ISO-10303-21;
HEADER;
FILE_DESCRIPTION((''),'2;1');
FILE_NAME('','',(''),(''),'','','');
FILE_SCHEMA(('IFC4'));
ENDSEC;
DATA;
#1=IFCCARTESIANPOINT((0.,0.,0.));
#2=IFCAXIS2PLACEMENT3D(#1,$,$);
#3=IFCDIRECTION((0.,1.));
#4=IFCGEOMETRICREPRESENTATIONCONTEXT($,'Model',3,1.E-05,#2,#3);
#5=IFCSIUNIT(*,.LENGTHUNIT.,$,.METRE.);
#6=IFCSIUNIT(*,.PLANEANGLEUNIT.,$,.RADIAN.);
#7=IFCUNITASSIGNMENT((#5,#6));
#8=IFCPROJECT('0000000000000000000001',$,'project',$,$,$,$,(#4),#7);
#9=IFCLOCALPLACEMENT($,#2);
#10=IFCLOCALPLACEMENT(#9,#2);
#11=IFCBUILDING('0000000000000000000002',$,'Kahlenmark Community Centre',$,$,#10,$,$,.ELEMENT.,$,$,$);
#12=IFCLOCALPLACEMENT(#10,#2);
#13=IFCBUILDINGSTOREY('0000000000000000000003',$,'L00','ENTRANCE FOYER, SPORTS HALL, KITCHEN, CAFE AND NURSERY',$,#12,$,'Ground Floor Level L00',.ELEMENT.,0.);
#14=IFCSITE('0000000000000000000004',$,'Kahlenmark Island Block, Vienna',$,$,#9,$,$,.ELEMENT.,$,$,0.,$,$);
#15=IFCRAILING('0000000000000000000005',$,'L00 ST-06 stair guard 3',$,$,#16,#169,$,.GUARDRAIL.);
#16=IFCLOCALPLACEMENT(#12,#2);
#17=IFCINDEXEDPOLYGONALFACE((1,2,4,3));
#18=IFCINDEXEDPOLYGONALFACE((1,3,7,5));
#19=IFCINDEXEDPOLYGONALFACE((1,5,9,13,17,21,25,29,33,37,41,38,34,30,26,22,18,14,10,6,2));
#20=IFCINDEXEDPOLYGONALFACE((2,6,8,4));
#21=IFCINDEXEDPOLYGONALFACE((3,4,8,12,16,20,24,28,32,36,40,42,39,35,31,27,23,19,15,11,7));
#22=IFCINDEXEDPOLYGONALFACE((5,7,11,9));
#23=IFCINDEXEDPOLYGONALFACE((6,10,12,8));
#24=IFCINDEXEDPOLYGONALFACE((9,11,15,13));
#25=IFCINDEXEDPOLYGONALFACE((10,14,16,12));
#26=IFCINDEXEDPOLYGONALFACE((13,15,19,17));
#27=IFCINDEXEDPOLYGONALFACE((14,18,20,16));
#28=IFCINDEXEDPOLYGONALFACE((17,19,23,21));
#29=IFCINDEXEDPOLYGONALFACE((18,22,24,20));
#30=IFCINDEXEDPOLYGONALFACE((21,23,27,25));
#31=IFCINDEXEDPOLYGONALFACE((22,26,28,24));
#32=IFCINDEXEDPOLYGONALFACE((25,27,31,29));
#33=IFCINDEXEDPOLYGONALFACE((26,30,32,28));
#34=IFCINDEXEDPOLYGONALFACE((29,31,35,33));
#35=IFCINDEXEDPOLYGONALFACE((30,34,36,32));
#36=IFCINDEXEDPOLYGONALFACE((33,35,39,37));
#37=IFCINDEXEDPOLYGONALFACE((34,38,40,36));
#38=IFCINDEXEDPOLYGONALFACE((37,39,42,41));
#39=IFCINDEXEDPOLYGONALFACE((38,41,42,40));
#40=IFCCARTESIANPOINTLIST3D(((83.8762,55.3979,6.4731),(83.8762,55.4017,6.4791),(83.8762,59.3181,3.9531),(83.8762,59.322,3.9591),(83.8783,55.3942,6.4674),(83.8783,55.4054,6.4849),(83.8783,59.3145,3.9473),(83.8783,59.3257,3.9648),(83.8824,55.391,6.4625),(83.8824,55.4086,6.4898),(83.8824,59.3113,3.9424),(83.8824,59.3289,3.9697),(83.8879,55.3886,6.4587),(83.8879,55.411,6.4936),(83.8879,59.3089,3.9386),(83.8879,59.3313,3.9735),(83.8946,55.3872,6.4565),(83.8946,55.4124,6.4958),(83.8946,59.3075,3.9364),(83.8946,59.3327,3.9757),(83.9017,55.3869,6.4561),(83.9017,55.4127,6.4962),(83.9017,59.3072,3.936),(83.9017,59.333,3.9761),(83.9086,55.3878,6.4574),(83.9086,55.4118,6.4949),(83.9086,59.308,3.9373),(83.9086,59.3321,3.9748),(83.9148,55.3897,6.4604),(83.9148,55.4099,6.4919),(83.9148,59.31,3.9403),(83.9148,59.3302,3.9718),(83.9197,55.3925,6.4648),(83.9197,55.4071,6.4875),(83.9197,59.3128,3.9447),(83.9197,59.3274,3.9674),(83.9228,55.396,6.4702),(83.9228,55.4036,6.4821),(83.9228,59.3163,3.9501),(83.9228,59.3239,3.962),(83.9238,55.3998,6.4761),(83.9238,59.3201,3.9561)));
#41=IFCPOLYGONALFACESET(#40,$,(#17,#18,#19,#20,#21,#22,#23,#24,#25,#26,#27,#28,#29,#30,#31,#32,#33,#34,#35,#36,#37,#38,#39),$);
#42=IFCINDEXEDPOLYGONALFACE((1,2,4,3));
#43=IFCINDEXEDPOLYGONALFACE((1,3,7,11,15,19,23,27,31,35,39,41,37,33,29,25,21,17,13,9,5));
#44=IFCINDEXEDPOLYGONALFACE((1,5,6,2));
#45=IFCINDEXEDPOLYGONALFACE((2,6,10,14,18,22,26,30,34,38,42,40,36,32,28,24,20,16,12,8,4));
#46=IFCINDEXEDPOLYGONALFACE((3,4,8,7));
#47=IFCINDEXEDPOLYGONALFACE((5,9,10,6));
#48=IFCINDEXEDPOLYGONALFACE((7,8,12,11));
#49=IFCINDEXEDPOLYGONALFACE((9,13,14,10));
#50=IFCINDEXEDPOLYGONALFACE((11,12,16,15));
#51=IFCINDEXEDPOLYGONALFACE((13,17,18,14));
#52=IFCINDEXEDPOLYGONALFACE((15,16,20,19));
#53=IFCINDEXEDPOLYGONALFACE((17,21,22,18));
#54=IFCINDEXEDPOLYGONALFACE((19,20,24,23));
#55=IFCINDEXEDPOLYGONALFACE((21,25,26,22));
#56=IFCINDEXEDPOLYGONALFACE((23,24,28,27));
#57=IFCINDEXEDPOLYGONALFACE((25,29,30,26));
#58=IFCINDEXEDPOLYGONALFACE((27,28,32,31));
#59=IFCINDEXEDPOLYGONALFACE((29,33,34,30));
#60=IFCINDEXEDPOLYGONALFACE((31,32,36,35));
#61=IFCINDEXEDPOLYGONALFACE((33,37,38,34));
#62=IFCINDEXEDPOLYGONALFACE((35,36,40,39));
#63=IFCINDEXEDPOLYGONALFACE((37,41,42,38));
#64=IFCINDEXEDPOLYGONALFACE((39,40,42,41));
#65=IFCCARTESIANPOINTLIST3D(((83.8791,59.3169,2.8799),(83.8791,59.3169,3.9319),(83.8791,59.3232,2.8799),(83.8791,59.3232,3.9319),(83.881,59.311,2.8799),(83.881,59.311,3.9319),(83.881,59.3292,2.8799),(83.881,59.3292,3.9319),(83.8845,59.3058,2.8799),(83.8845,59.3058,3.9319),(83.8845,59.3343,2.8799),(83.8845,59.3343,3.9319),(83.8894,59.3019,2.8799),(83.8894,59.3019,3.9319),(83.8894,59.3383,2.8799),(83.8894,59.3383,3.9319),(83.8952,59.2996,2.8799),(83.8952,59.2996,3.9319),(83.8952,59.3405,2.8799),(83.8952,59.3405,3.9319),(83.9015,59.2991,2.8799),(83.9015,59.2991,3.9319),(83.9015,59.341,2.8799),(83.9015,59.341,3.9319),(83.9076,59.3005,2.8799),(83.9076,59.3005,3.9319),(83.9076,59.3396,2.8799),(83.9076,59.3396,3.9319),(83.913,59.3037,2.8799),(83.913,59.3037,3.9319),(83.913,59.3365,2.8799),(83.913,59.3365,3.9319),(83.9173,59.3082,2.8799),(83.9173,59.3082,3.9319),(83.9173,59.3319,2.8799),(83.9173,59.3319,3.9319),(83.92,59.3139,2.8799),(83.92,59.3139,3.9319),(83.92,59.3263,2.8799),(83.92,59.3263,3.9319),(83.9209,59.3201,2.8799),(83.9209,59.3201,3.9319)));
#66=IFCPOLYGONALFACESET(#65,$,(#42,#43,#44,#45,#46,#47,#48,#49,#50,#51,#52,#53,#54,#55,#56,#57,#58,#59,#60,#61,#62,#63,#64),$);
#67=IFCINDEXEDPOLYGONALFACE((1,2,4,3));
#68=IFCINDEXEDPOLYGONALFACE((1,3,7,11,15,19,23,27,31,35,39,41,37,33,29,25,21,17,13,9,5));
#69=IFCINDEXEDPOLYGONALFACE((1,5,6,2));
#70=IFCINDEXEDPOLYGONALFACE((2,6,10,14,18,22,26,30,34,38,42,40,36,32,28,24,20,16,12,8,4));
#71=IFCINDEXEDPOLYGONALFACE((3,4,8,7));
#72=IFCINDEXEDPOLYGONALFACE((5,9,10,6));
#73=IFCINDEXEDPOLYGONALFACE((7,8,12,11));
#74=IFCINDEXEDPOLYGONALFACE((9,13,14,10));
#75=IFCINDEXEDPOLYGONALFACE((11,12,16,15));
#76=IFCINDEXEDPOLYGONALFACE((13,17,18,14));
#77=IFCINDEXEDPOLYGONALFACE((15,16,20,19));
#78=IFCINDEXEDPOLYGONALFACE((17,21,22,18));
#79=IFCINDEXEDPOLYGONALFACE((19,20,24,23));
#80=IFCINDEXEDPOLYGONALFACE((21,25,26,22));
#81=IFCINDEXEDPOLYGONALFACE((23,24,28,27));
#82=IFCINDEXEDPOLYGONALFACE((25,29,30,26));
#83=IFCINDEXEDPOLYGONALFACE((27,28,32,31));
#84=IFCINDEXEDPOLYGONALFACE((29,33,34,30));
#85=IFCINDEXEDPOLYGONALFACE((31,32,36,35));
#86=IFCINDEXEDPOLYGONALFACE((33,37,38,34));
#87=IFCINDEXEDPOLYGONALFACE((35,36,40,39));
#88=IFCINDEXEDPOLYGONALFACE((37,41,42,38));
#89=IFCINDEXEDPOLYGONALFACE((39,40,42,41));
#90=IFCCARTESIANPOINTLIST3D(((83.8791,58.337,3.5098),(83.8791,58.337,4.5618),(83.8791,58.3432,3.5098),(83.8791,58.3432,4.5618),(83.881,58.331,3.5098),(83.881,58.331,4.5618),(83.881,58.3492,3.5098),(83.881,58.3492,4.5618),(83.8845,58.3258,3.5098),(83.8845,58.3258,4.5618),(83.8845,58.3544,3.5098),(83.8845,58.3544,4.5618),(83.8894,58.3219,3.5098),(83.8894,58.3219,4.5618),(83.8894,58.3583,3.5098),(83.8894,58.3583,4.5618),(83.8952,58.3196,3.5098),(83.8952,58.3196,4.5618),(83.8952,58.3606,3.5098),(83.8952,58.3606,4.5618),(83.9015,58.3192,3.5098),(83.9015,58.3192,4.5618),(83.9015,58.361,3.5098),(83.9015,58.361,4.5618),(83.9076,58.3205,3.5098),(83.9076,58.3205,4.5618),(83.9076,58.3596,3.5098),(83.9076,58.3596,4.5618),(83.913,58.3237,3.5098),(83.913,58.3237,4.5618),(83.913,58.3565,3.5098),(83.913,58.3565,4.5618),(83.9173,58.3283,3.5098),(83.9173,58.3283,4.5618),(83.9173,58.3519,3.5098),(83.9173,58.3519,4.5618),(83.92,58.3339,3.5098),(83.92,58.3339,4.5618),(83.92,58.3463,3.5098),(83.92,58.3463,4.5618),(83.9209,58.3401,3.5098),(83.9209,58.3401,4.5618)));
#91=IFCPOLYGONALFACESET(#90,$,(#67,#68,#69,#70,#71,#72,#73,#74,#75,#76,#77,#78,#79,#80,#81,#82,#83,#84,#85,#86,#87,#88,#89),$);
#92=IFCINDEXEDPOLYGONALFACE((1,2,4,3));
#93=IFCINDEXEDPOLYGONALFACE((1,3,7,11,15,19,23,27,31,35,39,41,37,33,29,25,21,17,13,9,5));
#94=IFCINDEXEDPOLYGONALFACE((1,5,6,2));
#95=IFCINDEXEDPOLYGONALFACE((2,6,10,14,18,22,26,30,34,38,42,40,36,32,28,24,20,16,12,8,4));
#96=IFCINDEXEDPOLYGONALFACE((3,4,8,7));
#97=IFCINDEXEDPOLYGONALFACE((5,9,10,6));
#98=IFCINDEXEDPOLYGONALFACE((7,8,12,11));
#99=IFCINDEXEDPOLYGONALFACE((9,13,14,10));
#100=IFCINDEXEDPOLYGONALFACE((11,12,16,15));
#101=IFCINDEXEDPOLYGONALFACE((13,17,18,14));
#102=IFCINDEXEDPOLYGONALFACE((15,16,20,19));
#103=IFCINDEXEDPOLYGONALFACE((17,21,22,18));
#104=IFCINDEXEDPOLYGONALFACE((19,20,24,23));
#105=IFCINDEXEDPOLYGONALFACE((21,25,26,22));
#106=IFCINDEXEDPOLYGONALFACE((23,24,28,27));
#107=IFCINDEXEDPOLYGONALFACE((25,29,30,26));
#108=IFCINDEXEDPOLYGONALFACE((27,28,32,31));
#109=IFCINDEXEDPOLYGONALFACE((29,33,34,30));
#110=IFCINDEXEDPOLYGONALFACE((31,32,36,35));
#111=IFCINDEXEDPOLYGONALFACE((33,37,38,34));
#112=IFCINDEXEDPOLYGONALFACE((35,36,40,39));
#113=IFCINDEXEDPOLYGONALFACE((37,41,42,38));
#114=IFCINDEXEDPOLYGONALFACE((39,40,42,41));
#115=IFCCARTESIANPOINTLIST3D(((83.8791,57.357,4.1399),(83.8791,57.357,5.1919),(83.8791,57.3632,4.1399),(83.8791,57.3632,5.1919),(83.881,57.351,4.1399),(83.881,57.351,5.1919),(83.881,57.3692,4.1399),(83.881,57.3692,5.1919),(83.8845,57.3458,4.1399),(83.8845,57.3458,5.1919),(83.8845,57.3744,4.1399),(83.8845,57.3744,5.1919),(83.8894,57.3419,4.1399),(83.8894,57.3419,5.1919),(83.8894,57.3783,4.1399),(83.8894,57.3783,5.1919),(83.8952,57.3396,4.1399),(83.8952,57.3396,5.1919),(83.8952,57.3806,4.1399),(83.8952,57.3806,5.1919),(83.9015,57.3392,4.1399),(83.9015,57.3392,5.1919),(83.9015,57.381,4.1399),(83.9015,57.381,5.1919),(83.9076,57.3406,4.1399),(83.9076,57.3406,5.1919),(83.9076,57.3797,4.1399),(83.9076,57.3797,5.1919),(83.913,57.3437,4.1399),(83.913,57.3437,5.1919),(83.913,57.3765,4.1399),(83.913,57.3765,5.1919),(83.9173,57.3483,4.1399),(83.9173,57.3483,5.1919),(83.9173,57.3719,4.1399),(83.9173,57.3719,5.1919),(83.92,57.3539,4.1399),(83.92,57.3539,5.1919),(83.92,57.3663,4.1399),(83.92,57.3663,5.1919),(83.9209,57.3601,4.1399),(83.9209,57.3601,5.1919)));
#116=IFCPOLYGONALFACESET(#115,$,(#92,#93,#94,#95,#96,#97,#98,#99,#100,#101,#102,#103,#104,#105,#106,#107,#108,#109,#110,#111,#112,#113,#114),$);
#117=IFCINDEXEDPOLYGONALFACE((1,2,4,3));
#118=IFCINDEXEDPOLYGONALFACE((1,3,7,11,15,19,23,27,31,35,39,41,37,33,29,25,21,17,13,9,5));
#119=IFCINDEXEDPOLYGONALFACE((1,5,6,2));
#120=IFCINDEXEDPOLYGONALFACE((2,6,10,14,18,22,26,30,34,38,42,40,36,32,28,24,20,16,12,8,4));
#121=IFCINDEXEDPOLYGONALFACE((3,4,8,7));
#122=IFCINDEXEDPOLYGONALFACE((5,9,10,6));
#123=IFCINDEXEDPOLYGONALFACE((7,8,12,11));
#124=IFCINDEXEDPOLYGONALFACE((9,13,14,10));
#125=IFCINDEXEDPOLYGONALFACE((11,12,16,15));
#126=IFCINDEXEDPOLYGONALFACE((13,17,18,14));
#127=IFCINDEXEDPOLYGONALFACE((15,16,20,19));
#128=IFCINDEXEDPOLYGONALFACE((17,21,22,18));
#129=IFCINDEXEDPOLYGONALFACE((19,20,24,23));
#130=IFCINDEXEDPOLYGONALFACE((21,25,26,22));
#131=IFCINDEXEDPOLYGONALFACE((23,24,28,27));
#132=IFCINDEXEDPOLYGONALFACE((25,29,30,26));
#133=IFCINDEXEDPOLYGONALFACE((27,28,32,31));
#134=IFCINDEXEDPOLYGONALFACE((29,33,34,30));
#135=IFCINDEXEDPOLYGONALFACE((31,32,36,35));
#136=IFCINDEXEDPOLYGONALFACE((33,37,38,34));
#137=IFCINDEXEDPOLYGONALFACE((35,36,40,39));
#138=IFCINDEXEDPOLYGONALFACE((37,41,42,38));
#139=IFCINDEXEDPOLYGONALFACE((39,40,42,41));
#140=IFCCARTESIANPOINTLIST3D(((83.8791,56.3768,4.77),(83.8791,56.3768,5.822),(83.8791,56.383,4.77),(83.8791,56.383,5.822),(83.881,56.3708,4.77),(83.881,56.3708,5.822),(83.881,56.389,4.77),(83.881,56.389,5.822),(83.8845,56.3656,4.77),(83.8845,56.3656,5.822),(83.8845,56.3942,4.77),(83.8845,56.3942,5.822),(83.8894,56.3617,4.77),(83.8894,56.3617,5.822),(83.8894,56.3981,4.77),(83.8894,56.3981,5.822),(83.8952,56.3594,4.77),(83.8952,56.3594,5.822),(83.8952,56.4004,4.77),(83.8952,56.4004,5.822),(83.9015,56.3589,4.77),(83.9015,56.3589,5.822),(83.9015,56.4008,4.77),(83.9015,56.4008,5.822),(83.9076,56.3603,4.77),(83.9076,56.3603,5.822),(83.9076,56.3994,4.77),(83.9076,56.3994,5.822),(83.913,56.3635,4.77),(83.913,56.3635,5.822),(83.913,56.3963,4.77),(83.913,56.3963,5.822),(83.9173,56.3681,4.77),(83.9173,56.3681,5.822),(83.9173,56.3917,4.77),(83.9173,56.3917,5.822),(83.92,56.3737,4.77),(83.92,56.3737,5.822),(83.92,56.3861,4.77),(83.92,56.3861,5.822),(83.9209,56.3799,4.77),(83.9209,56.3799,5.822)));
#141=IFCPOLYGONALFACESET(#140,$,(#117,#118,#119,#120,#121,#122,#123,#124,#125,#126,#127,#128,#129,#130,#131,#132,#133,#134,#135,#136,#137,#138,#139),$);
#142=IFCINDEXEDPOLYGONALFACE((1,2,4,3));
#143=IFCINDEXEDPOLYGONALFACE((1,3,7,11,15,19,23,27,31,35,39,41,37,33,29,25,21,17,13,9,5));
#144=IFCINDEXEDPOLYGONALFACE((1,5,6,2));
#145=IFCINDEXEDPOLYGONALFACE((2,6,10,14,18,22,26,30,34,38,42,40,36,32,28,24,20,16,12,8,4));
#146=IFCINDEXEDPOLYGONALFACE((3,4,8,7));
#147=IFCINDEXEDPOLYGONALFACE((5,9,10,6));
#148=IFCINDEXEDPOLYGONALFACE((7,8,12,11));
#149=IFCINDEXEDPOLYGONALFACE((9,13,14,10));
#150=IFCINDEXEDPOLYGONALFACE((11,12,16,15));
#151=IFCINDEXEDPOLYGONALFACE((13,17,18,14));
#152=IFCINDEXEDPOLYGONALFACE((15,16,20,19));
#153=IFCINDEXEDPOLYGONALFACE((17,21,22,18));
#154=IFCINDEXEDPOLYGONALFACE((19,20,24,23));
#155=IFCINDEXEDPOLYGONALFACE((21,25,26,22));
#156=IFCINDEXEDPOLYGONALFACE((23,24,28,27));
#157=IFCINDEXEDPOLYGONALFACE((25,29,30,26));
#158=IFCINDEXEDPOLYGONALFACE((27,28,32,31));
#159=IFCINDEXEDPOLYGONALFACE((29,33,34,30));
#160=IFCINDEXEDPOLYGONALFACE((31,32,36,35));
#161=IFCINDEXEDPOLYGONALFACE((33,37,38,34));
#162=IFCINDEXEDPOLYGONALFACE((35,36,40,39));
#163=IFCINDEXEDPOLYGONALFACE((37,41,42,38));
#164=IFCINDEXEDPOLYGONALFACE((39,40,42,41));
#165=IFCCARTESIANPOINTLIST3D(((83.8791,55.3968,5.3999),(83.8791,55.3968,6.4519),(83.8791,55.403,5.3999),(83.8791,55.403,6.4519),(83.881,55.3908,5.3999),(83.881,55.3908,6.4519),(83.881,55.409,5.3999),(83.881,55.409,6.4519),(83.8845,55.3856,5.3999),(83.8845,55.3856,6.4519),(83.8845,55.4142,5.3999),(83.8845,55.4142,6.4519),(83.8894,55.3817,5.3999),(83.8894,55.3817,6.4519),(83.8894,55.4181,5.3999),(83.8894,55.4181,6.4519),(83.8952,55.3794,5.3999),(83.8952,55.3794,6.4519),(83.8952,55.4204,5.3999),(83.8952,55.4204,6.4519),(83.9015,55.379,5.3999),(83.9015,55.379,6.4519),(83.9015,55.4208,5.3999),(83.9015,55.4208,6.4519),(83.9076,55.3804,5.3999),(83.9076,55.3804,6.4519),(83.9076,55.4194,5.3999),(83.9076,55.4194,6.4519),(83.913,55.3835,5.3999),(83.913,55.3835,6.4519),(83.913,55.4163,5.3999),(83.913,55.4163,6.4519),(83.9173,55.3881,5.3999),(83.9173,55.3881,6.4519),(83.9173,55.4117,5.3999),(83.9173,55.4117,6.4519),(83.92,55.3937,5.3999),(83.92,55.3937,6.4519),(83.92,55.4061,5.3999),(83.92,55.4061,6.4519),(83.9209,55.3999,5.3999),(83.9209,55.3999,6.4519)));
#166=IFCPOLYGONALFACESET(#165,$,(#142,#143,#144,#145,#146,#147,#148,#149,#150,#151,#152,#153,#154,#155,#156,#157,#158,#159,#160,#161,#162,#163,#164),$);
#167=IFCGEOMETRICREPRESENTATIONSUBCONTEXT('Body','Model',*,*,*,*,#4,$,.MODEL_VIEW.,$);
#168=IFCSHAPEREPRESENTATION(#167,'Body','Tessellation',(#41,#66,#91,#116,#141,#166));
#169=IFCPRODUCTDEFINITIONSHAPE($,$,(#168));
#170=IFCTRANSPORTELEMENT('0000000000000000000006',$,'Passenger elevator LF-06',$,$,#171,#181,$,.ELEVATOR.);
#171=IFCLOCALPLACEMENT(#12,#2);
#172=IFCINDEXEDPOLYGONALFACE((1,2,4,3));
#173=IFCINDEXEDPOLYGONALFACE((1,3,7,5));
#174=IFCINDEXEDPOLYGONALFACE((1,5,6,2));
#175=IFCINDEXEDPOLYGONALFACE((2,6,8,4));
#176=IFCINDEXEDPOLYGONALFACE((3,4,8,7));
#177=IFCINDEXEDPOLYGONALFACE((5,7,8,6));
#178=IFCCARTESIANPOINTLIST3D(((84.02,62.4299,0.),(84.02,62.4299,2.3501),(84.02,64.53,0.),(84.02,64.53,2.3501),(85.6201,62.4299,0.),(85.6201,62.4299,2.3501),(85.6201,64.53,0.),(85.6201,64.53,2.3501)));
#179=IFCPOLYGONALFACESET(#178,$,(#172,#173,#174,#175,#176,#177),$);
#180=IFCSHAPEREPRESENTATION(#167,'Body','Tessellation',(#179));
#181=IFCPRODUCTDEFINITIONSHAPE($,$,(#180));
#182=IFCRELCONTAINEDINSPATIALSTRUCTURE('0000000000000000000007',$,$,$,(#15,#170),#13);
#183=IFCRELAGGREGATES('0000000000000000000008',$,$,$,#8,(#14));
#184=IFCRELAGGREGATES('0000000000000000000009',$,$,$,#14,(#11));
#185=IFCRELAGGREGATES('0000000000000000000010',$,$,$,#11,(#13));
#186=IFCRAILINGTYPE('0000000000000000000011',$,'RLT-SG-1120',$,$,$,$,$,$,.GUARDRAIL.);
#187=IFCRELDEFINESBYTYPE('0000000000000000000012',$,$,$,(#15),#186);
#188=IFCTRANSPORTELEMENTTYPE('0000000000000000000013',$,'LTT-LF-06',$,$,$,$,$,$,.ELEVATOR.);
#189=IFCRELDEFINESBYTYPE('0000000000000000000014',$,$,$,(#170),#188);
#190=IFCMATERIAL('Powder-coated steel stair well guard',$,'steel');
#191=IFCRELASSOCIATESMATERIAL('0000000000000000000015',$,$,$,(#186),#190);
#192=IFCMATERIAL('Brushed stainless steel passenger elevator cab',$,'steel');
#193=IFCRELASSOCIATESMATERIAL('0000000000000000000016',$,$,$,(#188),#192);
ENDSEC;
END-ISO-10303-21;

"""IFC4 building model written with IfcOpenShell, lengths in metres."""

from ifc_helpers import new_model, si_unit, direction, frame, origin, origin_2d, place, context, subcontext, project, spatial, rectangle, circle, extrude, material, type_object, element, save


model = new_model("IFC4")

# Units and contexts
model_context = context("Model", 3, precision=1e-05, world=origin(), true_north=direction((0.0, 1.0)))
body_context = subcontext(model_context, "Body", "Model", "MODEL_VIEW")
ifc_project = project(units=[si_unit("LENGTHUNIT", "METRE"), si_unit("PLANEANGLEUNIT", "RADIAN")], contexts=[model_context])

# Site, building, storey
site_placement = place(None, origin())
site = spatial("IfcSite", under=ifc_project, at=site_placement, Name="Kahlenmark Island Block, Vienna", CompositionType="ELEMENT", RefElevation=0.0)
building_placement = place(site_placement, origin())
building = spatial("IfcBuilding", under=site, at=building_placement, Name="Kahlenmark Community Centre", CompositionType="ELEMENT")
storey_placement = place(building_placement, origin())
storey = spatial("IfcBuildingStorey", under=building, at=storey_placement, Name="L00", Description="ENTRANCE FOYER, SPORTS HALL, KITCHEN, CAFE AND NURSERY", LongName="Ground Floor Level L00", CompositionType="ELEMENT", Elevation=0.0)

# Railing
ifc_material_1 = material(Name="Powder-coated steel stair well guard", Category="steel")
railing_type_1 = type_object("IfcRailingType", Name="RLT-SG-1120", PredefinedType="GUARDRAIL", material=ifc_material_1)
railing_1_placement = place(storey_placement, frame((83.8999, 59.3201, 2.8799)))
element("IfcRailing", 1, at=railing_1_placement, inside=storey, type_object=railing_type_1, Name="L00 ST-06 stair guard 3", PredefinedType="GUARDRAIL", context=body_context, shape_type="SweptSolid", body=[
    extrude(circle(Radius=0.0239, at=origin_2d()), frame((0.0, 0.0, 1.0762), z_axis=(0.0, -0.841187, 0.540744), x_axis=(1.0, 0.0, 0.0)), (0.0, 0.0, 1.0), 4.6604),
    extrude(circle(Radius=0.021, at=origin_2d()), origin(), (0.0, 0.0, 1.0), 1.052),
    extrude(circle(Radius=0.021, at=origin_2d()), frame((0.0, -0.98, 0.6299)), (0.0, 0.0, 1.0), 1.052),
    extrude(circle(Radius=0.021, at=origin_2d()), frame((0.0, -1.96, 1.26)), (0.0, 0.0, 1.0), 1.052),
    extrude(circle(Radius=0.021, at=origin_2d()), frame((0.0, -2.9402, 1.8901)), (0.0, 0.0, 1.0), 1.052),
    extrude(circle(Radius=0.021, at=origin_2d()), frame((0.0, -3.9202, 2.52)), (0.0, 0.0, 1.0), 1.052),
])

# Transport element
ifc_material_2 = material(Name="Brushed stainless steel passenger elevator cab", Category="steel")
transport_element_type = type_object("IfcTransportElementType", Name="LTT-LF-06", PredefinedType="ELEVATOR", material=ifc_material_2)
transport_element_placement = place(storey_placement, frame((84.8201, 63.48, 0.0), z_axis=(0.0, 0.0, 1.0), x_axis=(1.0, 0.0, 0.0)))
element("IfcTransportElement", 2, at=transport_element_placement, inside=storey, type_object=transport_element_type, Name="Passenger elevator LF-06", PredefinedType="ELEVATOR", context=body_context, shape_type="SweptSolid", body=[
    extrude(rectangle(XDim=1.6001, YDim=2.1001, at=origin_2d()), origin(), (0.0, 0.0, 1.0), 2.3501),
])

save(model, "model.ifc")
